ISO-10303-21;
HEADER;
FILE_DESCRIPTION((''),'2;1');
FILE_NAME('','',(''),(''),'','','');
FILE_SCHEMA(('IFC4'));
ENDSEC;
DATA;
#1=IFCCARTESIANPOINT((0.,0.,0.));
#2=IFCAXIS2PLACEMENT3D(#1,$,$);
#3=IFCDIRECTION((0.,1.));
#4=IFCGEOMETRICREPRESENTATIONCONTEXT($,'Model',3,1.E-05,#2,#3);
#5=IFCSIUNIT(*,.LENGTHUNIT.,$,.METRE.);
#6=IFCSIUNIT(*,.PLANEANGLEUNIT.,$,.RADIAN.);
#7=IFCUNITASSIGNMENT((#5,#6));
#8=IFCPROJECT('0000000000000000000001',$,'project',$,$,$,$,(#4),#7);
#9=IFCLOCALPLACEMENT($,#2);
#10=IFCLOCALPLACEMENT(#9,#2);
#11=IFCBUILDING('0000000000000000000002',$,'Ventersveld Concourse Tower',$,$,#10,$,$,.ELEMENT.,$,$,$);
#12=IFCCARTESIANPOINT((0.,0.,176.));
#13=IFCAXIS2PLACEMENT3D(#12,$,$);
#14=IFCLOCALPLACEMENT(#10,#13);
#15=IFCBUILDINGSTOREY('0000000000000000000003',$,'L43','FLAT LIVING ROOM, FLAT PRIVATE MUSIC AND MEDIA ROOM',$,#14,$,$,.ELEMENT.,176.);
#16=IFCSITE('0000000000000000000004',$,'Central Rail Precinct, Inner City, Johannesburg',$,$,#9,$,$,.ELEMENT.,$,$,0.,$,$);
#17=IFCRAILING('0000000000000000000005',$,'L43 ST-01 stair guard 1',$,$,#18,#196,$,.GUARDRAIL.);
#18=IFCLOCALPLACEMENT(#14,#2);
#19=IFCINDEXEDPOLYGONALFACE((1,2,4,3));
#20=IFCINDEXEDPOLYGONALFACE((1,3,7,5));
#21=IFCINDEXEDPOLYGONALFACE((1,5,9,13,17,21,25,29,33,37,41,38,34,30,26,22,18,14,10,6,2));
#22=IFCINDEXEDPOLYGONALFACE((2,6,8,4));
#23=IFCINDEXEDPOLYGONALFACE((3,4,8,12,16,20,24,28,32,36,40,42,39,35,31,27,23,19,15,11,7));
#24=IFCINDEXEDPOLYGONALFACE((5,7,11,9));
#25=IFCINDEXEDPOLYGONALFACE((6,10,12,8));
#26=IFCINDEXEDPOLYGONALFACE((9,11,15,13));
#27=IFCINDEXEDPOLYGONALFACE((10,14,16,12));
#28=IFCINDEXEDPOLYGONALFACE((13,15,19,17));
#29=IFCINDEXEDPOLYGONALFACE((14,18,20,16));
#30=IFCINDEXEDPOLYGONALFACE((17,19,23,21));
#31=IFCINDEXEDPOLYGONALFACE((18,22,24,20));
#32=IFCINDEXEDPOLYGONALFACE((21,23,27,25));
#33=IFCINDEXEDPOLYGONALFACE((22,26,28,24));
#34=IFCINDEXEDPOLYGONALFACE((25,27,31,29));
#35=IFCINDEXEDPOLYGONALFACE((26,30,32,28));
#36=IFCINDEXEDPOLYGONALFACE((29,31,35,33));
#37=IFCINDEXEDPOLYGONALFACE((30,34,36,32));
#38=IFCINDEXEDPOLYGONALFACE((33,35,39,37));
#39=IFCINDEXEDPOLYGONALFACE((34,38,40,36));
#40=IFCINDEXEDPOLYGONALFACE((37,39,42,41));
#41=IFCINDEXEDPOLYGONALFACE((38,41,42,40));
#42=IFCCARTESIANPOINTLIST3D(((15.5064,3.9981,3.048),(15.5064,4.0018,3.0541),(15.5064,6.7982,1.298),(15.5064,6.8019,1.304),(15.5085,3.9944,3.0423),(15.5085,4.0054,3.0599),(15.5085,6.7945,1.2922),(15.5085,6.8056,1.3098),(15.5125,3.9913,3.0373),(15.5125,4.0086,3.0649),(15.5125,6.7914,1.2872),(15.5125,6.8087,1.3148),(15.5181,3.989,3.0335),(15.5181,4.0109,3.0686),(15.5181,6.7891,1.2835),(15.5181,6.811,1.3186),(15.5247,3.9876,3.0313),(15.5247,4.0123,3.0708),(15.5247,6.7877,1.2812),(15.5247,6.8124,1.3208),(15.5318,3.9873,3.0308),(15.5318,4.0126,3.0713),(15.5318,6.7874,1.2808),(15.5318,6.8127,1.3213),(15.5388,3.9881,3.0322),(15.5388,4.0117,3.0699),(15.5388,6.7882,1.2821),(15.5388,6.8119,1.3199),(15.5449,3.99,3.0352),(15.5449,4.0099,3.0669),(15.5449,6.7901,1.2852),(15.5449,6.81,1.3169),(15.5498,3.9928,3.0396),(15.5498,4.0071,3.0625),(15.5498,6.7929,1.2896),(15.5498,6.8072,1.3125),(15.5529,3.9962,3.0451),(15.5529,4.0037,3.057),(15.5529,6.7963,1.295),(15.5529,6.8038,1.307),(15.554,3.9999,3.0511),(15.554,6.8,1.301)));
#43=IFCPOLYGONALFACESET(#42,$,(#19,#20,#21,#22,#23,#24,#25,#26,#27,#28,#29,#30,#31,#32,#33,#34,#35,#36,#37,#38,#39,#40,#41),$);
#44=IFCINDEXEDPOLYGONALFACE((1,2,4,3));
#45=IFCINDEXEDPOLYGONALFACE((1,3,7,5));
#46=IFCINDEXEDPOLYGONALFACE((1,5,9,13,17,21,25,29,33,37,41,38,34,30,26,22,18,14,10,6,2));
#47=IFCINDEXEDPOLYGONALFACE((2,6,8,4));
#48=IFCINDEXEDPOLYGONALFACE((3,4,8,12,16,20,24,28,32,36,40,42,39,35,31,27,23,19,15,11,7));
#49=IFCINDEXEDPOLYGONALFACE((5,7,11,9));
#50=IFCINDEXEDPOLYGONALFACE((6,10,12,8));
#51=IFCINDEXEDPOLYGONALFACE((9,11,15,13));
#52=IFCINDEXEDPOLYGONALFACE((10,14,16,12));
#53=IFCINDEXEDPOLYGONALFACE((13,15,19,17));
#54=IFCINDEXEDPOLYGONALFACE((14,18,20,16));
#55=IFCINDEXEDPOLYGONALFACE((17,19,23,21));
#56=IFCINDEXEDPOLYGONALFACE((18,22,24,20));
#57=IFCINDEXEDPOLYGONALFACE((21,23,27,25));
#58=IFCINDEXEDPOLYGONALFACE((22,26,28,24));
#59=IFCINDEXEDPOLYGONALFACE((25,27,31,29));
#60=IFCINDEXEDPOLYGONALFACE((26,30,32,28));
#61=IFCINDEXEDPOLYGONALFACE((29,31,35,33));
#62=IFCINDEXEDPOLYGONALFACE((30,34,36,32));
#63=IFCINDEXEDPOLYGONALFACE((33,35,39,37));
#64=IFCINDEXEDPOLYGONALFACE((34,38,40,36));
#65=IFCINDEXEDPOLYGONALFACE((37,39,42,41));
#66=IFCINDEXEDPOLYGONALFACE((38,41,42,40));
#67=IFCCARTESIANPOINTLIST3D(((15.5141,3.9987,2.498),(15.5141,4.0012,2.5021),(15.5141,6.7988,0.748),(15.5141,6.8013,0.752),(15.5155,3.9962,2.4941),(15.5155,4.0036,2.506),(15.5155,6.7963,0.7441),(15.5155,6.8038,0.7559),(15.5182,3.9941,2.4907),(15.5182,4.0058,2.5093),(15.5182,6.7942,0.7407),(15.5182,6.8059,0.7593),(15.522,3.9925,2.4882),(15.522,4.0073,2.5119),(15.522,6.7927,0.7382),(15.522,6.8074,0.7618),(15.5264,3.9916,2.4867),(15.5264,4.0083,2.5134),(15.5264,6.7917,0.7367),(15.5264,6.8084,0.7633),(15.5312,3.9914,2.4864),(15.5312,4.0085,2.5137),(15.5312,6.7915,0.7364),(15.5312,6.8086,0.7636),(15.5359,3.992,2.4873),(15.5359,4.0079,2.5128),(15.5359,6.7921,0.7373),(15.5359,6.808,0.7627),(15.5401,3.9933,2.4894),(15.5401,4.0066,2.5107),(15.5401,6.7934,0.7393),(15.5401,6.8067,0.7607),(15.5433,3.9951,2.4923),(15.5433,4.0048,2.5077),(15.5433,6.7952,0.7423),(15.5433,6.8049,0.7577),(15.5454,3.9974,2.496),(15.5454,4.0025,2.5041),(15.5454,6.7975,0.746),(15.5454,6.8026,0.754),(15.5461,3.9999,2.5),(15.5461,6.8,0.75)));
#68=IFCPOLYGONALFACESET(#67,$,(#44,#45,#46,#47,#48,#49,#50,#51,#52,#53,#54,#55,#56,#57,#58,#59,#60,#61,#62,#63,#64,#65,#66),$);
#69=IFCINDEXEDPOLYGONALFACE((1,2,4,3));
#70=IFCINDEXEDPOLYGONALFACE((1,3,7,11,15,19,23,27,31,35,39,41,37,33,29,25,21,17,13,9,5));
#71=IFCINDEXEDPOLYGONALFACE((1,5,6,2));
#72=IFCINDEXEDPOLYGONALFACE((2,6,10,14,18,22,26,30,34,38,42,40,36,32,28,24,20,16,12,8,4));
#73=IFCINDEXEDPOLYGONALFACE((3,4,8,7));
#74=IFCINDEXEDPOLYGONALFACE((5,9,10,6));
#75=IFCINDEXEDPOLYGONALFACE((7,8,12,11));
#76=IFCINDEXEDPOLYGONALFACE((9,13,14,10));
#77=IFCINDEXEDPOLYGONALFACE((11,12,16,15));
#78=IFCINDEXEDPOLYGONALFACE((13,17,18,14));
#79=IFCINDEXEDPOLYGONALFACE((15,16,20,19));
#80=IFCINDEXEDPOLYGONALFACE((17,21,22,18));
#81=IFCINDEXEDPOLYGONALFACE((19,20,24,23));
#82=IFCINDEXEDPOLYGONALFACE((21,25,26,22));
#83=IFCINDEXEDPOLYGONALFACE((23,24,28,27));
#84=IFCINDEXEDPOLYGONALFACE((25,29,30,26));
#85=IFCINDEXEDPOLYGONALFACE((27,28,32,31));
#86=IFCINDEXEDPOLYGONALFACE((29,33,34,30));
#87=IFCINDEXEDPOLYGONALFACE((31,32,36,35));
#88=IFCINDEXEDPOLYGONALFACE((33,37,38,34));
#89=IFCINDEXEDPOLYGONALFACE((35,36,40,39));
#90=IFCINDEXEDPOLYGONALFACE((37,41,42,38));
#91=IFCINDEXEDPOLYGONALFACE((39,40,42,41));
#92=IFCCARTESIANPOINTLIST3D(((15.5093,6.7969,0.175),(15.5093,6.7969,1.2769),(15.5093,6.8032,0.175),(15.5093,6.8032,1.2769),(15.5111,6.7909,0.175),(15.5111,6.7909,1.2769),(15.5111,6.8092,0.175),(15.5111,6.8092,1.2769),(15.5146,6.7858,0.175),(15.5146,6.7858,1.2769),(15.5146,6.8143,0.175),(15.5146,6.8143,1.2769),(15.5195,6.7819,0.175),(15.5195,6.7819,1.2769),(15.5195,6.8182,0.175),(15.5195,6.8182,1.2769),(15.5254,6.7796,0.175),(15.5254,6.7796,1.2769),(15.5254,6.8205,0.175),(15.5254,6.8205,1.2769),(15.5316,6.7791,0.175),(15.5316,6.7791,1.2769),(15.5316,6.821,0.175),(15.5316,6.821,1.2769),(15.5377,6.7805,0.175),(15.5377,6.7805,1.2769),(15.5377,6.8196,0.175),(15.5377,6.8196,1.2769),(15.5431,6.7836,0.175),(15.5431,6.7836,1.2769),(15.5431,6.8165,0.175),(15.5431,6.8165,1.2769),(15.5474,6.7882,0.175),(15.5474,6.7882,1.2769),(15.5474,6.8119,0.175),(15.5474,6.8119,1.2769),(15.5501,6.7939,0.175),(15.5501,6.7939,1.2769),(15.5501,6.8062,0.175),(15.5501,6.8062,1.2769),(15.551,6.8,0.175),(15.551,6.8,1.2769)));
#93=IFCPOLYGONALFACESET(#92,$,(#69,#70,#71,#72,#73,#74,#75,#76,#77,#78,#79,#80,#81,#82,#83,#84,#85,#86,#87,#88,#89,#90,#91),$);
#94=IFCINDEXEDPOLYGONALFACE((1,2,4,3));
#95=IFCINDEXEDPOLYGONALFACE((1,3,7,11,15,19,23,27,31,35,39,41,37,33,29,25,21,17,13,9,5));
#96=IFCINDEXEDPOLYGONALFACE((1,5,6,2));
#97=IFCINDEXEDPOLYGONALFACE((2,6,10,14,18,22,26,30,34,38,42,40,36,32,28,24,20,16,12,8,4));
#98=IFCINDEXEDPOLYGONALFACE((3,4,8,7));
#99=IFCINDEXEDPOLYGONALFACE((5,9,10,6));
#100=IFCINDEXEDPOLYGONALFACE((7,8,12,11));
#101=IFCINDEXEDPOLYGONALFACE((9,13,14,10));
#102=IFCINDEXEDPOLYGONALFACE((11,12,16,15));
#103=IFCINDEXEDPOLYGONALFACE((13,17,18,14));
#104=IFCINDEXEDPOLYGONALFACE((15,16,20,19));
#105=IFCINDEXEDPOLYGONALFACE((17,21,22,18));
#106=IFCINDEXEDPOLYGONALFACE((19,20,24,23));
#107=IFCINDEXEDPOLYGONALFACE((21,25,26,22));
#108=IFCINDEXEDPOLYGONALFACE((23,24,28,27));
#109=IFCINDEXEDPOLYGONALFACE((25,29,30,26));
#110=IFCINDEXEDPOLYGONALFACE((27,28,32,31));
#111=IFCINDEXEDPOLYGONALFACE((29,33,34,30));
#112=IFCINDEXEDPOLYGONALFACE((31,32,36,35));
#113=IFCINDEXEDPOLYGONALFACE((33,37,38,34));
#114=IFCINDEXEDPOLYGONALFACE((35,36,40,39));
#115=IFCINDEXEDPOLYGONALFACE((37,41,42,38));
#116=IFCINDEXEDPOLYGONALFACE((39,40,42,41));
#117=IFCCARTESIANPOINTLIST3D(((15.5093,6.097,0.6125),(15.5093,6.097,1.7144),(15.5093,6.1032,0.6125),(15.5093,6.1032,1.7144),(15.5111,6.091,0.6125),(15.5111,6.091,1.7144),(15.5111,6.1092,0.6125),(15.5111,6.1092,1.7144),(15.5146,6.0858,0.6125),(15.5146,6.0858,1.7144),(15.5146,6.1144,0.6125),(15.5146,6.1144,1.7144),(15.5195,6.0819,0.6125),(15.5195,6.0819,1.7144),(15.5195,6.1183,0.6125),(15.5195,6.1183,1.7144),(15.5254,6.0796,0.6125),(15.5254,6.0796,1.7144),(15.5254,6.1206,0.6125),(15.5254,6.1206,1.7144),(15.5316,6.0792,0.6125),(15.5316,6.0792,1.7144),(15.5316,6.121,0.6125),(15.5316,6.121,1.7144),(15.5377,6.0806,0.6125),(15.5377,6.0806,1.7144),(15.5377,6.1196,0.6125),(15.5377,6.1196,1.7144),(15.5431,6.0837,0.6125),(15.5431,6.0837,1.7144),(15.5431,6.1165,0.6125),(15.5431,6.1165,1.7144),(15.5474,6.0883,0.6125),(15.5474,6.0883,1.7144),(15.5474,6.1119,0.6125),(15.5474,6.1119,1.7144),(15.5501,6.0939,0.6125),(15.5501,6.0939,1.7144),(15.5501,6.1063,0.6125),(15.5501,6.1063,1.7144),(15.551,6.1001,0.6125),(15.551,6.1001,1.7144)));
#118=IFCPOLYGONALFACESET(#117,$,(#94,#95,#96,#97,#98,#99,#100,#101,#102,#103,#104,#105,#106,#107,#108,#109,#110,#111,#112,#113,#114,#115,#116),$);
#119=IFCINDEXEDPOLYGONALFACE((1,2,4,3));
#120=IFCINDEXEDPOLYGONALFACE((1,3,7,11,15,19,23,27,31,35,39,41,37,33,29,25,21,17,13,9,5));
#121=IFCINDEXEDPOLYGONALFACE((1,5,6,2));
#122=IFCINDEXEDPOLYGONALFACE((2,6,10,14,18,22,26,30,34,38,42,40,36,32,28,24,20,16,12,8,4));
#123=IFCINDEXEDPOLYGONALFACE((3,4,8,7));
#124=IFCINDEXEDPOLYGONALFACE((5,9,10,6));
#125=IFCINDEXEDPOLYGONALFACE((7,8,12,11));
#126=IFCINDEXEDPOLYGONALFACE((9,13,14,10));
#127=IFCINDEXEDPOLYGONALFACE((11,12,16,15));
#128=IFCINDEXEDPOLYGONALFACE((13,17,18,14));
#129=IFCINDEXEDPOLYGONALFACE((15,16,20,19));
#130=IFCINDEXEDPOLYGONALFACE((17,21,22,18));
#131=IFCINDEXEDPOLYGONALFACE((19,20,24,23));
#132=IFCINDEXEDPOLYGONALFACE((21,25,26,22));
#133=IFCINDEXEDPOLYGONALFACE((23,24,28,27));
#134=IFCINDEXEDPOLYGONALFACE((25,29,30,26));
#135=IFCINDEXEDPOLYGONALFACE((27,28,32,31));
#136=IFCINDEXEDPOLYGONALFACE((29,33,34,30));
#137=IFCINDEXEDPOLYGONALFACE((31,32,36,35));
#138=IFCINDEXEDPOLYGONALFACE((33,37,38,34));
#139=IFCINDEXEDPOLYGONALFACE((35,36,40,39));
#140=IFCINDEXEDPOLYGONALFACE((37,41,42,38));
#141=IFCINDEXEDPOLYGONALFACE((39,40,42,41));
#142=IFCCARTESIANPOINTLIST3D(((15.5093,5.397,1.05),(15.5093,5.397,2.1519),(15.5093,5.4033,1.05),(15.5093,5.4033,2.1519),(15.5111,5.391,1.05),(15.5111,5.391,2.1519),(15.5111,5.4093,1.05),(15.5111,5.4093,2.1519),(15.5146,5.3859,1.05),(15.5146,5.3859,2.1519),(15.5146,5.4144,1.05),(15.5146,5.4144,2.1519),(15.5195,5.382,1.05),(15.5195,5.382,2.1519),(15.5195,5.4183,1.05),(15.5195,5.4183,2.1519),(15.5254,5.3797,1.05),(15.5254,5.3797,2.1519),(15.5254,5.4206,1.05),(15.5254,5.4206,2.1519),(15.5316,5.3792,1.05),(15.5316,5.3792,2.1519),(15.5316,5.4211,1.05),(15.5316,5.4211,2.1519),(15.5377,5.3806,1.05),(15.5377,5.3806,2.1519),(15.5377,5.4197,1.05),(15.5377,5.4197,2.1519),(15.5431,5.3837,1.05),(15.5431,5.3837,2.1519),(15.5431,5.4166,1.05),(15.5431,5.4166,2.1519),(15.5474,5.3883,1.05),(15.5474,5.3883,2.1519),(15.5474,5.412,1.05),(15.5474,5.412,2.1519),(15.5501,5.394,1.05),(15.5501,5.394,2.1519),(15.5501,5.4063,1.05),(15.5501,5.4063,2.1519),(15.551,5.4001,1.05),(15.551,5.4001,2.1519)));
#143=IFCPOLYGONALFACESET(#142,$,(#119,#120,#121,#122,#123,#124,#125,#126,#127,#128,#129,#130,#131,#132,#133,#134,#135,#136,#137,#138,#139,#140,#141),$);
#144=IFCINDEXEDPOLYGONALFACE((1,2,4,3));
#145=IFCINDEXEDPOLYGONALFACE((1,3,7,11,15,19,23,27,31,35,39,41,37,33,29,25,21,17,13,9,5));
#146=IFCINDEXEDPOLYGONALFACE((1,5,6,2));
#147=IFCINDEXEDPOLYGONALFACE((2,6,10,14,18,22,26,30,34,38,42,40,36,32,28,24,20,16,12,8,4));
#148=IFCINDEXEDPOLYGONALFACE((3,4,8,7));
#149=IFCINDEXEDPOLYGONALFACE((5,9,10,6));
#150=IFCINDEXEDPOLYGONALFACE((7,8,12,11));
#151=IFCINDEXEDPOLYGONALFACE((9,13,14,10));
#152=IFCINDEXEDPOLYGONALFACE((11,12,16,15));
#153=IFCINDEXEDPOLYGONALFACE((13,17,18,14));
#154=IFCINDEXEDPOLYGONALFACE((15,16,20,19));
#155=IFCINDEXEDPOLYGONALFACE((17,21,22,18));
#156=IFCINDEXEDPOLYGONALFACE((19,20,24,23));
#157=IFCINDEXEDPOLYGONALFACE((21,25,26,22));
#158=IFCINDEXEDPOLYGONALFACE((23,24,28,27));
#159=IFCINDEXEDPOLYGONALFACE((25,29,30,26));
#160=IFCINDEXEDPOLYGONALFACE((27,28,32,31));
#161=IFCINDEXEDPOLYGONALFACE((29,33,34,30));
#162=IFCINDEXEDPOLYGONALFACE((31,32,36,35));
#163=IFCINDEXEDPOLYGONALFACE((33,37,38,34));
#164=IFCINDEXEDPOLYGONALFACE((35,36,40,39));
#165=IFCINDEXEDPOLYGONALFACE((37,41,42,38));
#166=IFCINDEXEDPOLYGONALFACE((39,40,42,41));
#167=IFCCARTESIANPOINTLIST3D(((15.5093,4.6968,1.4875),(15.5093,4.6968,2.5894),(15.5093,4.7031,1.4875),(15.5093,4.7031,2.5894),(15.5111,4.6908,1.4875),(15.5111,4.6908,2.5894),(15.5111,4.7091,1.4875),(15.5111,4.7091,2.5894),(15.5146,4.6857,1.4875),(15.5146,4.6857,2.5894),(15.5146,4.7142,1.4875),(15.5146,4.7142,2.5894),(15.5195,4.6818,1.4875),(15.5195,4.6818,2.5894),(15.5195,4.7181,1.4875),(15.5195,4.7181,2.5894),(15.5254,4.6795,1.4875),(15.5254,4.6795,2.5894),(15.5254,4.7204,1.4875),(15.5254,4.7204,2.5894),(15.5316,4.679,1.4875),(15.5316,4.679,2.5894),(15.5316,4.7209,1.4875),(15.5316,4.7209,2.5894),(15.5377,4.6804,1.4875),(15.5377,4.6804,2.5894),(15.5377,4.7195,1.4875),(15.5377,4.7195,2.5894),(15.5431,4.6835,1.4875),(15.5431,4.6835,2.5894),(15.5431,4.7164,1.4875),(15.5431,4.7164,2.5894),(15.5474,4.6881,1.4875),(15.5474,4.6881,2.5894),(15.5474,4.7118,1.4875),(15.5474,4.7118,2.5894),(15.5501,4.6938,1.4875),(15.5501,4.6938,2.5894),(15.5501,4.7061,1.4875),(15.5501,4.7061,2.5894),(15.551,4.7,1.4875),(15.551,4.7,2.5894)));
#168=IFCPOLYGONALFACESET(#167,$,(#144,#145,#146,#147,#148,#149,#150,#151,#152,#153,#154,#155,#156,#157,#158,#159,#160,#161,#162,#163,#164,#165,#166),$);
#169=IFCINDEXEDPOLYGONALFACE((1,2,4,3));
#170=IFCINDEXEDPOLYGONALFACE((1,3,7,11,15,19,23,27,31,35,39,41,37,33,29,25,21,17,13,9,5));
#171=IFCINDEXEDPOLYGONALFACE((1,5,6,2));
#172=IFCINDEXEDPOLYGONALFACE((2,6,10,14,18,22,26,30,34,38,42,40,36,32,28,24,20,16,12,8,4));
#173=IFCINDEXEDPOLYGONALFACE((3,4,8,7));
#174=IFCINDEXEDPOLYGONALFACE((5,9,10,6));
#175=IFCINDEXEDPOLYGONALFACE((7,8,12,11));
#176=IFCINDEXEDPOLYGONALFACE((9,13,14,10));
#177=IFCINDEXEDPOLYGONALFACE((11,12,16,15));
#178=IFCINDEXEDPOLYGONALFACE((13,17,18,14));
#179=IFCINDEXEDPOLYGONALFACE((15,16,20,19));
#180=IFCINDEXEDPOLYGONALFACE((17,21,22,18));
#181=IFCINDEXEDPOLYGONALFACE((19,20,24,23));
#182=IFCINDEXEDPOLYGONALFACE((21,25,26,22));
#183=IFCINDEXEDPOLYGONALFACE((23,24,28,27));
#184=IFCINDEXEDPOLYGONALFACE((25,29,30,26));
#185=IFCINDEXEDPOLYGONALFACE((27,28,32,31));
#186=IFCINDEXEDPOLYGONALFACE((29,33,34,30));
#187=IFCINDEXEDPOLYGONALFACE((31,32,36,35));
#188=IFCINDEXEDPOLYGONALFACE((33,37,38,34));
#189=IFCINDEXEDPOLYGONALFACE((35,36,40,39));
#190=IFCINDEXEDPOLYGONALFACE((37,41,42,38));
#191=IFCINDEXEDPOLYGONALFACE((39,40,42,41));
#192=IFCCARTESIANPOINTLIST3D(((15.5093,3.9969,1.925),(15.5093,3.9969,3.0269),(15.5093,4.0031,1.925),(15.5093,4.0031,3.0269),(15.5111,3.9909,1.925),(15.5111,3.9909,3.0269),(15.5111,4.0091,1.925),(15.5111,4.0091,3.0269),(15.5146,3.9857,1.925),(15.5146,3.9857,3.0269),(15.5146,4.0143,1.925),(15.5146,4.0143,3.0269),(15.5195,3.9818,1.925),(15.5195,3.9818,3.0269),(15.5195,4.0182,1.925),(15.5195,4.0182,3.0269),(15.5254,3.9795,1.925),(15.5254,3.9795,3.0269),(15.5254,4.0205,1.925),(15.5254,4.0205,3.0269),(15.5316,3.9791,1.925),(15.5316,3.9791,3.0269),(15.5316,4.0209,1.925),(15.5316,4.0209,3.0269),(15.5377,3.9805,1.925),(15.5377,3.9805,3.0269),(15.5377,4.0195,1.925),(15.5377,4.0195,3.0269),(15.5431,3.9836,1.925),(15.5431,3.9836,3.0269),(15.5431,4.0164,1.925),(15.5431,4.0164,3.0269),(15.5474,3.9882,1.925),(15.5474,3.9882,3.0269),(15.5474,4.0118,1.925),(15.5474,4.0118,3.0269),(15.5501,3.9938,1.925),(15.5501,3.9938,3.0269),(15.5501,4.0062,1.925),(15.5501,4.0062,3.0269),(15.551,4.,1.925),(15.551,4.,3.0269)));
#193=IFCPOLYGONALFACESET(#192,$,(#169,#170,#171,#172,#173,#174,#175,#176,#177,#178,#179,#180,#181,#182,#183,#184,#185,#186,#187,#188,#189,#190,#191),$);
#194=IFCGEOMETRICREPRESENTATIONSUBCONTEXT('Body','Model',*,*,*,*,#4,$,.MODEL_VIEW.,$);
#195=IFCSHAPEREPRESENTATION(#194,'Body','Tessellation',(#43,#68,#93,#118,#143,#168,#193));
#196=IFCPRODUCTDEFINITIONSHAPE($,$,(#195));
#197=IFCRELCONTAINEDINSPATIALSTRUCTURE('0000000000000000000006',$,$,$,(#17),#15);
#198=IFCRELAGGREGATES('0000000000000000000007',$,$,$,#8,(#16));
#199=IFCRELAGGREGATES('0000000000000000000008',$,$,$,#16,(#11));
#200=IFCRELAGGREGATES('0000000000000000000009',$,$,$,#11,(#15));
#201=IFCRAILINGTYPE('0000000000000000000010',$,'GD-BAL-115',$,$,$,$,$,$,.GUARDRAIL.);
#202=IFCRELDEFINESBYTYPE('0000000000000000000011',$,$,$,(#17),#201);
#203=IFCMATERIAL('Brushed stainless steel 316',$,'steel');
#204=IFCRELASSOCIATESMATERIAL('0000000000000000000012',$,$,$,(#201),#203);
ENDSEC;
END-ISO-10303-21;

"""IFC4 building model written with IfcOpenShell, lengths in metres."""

from ifc_helpers import new_model, si_unit, direction, frame, origin, origin_2d, place, context, subcontext, project, spatial, circle, extrude, material, type_object, element, save


model = new_model("IFC4")

# Units and contexts
model_context = context("Model", 3, precision=1e-05, world=origin(), true_north=direction((0.0, 1.0)))
body_context = subcontext(model_context, "Body", "Model", "MODEL_VIEW")
ifc_project = project(units=[si_unit("LENGTHUNIT", "METRE"), si_unit("PLANEANGLEUNIT", "RADIAN")], contexts=[model_context])

# Site, building, storey
site_placement = place(None, origin())
site = spatial("IfcSite", under=ifc_project, at=site_placement, Name="Central Rail Precinct, Inner City, Johannesburg", CompositionType="ELEMENT", RefElevation=0.0)
building_placement = place(site_placement, origin())
building = spatial("IfcBuilding", under=site, at=building_placement, Name="Ventersveld Concourse Tower", CompositionType="ELEMENT")
storey_placement = place(building_placement, frame((0.0, 0.0, 176.0)))
storey = spatial("IfcBuildingStorey", under=building, at=storey_placement, Name="L43", Description="FLAT LIVING ROOM, FLAT PRIVATE MUSIC AND MEDIA ROOM", CompositionType="ELEMENT", Elevation=176.0)

# Shared definitions
ifc_material_1 = material(Name="Brushed stainless steel 316", Category="steel")

# Railing
railing_type = type_object("IfcRailingType", Name="GD-BAL-115", PredefinedType="GUARDRAIL", material=ifc_material_1)
railing_1_placement = place(storey_placement, frame((15.53, 6.8, 0.175)))
element("IfcRailing", 1, at=railing_1_placement, inside=storey, type_object=railing_type, Name="L43 ST-01 stair guard 1", PredefinedType="GUARDRAIL", context=body_context, shape_type="SweptSolid", body=[
    extrude(circle(Radius=0.0239, at=origin_2d()), frame((0.0, 0.0, 1.126), z_axis=(0.0, -0.848002, 0.529992), x_axis=(1.0, 0.0, 0.0)), (0.0, 0.0, 1.0), 3.302),
    extrude(circle(Radius=0.0161, at=origin_2d()), frame((0.0, 0.0, 0.575), z_axis=(0.0, -0.848002, 0.529992), x_axis=(1.0, 0.0, 0.0)), (0.0, 0.0, 1.0), 3.302),
    extrude(circle(Radius=0.021, at=origin_2d()), origin(), (0.0, 0.0, 1.0), 1.1018),
    extrude(circle(Radius=0.021, at=origin_2d()), frame((0.0, -0.7, 0.4375)), (0.0, 0.0, 1.0), 1.1018),
    extrude(circle(Radius=0.021, at=origin_2d()), frame((0.0, -1.3999, 0.875)), (0.0, 0.0, 1.0), 1.1018),
    extrude(circle(Radius=0.021, at=origin_2d()), frame((0.0, -2.1001, 1.3125)), (0.0, 0.0, 1.0), 1.1018),
    extrude(circle(Radius=0.021, at=origin_2d()), frame((0.0, -2.8, 1.75)), (0.0, 0.0, 1.0), 1.1018),
])

save(model, "model.ifc")
